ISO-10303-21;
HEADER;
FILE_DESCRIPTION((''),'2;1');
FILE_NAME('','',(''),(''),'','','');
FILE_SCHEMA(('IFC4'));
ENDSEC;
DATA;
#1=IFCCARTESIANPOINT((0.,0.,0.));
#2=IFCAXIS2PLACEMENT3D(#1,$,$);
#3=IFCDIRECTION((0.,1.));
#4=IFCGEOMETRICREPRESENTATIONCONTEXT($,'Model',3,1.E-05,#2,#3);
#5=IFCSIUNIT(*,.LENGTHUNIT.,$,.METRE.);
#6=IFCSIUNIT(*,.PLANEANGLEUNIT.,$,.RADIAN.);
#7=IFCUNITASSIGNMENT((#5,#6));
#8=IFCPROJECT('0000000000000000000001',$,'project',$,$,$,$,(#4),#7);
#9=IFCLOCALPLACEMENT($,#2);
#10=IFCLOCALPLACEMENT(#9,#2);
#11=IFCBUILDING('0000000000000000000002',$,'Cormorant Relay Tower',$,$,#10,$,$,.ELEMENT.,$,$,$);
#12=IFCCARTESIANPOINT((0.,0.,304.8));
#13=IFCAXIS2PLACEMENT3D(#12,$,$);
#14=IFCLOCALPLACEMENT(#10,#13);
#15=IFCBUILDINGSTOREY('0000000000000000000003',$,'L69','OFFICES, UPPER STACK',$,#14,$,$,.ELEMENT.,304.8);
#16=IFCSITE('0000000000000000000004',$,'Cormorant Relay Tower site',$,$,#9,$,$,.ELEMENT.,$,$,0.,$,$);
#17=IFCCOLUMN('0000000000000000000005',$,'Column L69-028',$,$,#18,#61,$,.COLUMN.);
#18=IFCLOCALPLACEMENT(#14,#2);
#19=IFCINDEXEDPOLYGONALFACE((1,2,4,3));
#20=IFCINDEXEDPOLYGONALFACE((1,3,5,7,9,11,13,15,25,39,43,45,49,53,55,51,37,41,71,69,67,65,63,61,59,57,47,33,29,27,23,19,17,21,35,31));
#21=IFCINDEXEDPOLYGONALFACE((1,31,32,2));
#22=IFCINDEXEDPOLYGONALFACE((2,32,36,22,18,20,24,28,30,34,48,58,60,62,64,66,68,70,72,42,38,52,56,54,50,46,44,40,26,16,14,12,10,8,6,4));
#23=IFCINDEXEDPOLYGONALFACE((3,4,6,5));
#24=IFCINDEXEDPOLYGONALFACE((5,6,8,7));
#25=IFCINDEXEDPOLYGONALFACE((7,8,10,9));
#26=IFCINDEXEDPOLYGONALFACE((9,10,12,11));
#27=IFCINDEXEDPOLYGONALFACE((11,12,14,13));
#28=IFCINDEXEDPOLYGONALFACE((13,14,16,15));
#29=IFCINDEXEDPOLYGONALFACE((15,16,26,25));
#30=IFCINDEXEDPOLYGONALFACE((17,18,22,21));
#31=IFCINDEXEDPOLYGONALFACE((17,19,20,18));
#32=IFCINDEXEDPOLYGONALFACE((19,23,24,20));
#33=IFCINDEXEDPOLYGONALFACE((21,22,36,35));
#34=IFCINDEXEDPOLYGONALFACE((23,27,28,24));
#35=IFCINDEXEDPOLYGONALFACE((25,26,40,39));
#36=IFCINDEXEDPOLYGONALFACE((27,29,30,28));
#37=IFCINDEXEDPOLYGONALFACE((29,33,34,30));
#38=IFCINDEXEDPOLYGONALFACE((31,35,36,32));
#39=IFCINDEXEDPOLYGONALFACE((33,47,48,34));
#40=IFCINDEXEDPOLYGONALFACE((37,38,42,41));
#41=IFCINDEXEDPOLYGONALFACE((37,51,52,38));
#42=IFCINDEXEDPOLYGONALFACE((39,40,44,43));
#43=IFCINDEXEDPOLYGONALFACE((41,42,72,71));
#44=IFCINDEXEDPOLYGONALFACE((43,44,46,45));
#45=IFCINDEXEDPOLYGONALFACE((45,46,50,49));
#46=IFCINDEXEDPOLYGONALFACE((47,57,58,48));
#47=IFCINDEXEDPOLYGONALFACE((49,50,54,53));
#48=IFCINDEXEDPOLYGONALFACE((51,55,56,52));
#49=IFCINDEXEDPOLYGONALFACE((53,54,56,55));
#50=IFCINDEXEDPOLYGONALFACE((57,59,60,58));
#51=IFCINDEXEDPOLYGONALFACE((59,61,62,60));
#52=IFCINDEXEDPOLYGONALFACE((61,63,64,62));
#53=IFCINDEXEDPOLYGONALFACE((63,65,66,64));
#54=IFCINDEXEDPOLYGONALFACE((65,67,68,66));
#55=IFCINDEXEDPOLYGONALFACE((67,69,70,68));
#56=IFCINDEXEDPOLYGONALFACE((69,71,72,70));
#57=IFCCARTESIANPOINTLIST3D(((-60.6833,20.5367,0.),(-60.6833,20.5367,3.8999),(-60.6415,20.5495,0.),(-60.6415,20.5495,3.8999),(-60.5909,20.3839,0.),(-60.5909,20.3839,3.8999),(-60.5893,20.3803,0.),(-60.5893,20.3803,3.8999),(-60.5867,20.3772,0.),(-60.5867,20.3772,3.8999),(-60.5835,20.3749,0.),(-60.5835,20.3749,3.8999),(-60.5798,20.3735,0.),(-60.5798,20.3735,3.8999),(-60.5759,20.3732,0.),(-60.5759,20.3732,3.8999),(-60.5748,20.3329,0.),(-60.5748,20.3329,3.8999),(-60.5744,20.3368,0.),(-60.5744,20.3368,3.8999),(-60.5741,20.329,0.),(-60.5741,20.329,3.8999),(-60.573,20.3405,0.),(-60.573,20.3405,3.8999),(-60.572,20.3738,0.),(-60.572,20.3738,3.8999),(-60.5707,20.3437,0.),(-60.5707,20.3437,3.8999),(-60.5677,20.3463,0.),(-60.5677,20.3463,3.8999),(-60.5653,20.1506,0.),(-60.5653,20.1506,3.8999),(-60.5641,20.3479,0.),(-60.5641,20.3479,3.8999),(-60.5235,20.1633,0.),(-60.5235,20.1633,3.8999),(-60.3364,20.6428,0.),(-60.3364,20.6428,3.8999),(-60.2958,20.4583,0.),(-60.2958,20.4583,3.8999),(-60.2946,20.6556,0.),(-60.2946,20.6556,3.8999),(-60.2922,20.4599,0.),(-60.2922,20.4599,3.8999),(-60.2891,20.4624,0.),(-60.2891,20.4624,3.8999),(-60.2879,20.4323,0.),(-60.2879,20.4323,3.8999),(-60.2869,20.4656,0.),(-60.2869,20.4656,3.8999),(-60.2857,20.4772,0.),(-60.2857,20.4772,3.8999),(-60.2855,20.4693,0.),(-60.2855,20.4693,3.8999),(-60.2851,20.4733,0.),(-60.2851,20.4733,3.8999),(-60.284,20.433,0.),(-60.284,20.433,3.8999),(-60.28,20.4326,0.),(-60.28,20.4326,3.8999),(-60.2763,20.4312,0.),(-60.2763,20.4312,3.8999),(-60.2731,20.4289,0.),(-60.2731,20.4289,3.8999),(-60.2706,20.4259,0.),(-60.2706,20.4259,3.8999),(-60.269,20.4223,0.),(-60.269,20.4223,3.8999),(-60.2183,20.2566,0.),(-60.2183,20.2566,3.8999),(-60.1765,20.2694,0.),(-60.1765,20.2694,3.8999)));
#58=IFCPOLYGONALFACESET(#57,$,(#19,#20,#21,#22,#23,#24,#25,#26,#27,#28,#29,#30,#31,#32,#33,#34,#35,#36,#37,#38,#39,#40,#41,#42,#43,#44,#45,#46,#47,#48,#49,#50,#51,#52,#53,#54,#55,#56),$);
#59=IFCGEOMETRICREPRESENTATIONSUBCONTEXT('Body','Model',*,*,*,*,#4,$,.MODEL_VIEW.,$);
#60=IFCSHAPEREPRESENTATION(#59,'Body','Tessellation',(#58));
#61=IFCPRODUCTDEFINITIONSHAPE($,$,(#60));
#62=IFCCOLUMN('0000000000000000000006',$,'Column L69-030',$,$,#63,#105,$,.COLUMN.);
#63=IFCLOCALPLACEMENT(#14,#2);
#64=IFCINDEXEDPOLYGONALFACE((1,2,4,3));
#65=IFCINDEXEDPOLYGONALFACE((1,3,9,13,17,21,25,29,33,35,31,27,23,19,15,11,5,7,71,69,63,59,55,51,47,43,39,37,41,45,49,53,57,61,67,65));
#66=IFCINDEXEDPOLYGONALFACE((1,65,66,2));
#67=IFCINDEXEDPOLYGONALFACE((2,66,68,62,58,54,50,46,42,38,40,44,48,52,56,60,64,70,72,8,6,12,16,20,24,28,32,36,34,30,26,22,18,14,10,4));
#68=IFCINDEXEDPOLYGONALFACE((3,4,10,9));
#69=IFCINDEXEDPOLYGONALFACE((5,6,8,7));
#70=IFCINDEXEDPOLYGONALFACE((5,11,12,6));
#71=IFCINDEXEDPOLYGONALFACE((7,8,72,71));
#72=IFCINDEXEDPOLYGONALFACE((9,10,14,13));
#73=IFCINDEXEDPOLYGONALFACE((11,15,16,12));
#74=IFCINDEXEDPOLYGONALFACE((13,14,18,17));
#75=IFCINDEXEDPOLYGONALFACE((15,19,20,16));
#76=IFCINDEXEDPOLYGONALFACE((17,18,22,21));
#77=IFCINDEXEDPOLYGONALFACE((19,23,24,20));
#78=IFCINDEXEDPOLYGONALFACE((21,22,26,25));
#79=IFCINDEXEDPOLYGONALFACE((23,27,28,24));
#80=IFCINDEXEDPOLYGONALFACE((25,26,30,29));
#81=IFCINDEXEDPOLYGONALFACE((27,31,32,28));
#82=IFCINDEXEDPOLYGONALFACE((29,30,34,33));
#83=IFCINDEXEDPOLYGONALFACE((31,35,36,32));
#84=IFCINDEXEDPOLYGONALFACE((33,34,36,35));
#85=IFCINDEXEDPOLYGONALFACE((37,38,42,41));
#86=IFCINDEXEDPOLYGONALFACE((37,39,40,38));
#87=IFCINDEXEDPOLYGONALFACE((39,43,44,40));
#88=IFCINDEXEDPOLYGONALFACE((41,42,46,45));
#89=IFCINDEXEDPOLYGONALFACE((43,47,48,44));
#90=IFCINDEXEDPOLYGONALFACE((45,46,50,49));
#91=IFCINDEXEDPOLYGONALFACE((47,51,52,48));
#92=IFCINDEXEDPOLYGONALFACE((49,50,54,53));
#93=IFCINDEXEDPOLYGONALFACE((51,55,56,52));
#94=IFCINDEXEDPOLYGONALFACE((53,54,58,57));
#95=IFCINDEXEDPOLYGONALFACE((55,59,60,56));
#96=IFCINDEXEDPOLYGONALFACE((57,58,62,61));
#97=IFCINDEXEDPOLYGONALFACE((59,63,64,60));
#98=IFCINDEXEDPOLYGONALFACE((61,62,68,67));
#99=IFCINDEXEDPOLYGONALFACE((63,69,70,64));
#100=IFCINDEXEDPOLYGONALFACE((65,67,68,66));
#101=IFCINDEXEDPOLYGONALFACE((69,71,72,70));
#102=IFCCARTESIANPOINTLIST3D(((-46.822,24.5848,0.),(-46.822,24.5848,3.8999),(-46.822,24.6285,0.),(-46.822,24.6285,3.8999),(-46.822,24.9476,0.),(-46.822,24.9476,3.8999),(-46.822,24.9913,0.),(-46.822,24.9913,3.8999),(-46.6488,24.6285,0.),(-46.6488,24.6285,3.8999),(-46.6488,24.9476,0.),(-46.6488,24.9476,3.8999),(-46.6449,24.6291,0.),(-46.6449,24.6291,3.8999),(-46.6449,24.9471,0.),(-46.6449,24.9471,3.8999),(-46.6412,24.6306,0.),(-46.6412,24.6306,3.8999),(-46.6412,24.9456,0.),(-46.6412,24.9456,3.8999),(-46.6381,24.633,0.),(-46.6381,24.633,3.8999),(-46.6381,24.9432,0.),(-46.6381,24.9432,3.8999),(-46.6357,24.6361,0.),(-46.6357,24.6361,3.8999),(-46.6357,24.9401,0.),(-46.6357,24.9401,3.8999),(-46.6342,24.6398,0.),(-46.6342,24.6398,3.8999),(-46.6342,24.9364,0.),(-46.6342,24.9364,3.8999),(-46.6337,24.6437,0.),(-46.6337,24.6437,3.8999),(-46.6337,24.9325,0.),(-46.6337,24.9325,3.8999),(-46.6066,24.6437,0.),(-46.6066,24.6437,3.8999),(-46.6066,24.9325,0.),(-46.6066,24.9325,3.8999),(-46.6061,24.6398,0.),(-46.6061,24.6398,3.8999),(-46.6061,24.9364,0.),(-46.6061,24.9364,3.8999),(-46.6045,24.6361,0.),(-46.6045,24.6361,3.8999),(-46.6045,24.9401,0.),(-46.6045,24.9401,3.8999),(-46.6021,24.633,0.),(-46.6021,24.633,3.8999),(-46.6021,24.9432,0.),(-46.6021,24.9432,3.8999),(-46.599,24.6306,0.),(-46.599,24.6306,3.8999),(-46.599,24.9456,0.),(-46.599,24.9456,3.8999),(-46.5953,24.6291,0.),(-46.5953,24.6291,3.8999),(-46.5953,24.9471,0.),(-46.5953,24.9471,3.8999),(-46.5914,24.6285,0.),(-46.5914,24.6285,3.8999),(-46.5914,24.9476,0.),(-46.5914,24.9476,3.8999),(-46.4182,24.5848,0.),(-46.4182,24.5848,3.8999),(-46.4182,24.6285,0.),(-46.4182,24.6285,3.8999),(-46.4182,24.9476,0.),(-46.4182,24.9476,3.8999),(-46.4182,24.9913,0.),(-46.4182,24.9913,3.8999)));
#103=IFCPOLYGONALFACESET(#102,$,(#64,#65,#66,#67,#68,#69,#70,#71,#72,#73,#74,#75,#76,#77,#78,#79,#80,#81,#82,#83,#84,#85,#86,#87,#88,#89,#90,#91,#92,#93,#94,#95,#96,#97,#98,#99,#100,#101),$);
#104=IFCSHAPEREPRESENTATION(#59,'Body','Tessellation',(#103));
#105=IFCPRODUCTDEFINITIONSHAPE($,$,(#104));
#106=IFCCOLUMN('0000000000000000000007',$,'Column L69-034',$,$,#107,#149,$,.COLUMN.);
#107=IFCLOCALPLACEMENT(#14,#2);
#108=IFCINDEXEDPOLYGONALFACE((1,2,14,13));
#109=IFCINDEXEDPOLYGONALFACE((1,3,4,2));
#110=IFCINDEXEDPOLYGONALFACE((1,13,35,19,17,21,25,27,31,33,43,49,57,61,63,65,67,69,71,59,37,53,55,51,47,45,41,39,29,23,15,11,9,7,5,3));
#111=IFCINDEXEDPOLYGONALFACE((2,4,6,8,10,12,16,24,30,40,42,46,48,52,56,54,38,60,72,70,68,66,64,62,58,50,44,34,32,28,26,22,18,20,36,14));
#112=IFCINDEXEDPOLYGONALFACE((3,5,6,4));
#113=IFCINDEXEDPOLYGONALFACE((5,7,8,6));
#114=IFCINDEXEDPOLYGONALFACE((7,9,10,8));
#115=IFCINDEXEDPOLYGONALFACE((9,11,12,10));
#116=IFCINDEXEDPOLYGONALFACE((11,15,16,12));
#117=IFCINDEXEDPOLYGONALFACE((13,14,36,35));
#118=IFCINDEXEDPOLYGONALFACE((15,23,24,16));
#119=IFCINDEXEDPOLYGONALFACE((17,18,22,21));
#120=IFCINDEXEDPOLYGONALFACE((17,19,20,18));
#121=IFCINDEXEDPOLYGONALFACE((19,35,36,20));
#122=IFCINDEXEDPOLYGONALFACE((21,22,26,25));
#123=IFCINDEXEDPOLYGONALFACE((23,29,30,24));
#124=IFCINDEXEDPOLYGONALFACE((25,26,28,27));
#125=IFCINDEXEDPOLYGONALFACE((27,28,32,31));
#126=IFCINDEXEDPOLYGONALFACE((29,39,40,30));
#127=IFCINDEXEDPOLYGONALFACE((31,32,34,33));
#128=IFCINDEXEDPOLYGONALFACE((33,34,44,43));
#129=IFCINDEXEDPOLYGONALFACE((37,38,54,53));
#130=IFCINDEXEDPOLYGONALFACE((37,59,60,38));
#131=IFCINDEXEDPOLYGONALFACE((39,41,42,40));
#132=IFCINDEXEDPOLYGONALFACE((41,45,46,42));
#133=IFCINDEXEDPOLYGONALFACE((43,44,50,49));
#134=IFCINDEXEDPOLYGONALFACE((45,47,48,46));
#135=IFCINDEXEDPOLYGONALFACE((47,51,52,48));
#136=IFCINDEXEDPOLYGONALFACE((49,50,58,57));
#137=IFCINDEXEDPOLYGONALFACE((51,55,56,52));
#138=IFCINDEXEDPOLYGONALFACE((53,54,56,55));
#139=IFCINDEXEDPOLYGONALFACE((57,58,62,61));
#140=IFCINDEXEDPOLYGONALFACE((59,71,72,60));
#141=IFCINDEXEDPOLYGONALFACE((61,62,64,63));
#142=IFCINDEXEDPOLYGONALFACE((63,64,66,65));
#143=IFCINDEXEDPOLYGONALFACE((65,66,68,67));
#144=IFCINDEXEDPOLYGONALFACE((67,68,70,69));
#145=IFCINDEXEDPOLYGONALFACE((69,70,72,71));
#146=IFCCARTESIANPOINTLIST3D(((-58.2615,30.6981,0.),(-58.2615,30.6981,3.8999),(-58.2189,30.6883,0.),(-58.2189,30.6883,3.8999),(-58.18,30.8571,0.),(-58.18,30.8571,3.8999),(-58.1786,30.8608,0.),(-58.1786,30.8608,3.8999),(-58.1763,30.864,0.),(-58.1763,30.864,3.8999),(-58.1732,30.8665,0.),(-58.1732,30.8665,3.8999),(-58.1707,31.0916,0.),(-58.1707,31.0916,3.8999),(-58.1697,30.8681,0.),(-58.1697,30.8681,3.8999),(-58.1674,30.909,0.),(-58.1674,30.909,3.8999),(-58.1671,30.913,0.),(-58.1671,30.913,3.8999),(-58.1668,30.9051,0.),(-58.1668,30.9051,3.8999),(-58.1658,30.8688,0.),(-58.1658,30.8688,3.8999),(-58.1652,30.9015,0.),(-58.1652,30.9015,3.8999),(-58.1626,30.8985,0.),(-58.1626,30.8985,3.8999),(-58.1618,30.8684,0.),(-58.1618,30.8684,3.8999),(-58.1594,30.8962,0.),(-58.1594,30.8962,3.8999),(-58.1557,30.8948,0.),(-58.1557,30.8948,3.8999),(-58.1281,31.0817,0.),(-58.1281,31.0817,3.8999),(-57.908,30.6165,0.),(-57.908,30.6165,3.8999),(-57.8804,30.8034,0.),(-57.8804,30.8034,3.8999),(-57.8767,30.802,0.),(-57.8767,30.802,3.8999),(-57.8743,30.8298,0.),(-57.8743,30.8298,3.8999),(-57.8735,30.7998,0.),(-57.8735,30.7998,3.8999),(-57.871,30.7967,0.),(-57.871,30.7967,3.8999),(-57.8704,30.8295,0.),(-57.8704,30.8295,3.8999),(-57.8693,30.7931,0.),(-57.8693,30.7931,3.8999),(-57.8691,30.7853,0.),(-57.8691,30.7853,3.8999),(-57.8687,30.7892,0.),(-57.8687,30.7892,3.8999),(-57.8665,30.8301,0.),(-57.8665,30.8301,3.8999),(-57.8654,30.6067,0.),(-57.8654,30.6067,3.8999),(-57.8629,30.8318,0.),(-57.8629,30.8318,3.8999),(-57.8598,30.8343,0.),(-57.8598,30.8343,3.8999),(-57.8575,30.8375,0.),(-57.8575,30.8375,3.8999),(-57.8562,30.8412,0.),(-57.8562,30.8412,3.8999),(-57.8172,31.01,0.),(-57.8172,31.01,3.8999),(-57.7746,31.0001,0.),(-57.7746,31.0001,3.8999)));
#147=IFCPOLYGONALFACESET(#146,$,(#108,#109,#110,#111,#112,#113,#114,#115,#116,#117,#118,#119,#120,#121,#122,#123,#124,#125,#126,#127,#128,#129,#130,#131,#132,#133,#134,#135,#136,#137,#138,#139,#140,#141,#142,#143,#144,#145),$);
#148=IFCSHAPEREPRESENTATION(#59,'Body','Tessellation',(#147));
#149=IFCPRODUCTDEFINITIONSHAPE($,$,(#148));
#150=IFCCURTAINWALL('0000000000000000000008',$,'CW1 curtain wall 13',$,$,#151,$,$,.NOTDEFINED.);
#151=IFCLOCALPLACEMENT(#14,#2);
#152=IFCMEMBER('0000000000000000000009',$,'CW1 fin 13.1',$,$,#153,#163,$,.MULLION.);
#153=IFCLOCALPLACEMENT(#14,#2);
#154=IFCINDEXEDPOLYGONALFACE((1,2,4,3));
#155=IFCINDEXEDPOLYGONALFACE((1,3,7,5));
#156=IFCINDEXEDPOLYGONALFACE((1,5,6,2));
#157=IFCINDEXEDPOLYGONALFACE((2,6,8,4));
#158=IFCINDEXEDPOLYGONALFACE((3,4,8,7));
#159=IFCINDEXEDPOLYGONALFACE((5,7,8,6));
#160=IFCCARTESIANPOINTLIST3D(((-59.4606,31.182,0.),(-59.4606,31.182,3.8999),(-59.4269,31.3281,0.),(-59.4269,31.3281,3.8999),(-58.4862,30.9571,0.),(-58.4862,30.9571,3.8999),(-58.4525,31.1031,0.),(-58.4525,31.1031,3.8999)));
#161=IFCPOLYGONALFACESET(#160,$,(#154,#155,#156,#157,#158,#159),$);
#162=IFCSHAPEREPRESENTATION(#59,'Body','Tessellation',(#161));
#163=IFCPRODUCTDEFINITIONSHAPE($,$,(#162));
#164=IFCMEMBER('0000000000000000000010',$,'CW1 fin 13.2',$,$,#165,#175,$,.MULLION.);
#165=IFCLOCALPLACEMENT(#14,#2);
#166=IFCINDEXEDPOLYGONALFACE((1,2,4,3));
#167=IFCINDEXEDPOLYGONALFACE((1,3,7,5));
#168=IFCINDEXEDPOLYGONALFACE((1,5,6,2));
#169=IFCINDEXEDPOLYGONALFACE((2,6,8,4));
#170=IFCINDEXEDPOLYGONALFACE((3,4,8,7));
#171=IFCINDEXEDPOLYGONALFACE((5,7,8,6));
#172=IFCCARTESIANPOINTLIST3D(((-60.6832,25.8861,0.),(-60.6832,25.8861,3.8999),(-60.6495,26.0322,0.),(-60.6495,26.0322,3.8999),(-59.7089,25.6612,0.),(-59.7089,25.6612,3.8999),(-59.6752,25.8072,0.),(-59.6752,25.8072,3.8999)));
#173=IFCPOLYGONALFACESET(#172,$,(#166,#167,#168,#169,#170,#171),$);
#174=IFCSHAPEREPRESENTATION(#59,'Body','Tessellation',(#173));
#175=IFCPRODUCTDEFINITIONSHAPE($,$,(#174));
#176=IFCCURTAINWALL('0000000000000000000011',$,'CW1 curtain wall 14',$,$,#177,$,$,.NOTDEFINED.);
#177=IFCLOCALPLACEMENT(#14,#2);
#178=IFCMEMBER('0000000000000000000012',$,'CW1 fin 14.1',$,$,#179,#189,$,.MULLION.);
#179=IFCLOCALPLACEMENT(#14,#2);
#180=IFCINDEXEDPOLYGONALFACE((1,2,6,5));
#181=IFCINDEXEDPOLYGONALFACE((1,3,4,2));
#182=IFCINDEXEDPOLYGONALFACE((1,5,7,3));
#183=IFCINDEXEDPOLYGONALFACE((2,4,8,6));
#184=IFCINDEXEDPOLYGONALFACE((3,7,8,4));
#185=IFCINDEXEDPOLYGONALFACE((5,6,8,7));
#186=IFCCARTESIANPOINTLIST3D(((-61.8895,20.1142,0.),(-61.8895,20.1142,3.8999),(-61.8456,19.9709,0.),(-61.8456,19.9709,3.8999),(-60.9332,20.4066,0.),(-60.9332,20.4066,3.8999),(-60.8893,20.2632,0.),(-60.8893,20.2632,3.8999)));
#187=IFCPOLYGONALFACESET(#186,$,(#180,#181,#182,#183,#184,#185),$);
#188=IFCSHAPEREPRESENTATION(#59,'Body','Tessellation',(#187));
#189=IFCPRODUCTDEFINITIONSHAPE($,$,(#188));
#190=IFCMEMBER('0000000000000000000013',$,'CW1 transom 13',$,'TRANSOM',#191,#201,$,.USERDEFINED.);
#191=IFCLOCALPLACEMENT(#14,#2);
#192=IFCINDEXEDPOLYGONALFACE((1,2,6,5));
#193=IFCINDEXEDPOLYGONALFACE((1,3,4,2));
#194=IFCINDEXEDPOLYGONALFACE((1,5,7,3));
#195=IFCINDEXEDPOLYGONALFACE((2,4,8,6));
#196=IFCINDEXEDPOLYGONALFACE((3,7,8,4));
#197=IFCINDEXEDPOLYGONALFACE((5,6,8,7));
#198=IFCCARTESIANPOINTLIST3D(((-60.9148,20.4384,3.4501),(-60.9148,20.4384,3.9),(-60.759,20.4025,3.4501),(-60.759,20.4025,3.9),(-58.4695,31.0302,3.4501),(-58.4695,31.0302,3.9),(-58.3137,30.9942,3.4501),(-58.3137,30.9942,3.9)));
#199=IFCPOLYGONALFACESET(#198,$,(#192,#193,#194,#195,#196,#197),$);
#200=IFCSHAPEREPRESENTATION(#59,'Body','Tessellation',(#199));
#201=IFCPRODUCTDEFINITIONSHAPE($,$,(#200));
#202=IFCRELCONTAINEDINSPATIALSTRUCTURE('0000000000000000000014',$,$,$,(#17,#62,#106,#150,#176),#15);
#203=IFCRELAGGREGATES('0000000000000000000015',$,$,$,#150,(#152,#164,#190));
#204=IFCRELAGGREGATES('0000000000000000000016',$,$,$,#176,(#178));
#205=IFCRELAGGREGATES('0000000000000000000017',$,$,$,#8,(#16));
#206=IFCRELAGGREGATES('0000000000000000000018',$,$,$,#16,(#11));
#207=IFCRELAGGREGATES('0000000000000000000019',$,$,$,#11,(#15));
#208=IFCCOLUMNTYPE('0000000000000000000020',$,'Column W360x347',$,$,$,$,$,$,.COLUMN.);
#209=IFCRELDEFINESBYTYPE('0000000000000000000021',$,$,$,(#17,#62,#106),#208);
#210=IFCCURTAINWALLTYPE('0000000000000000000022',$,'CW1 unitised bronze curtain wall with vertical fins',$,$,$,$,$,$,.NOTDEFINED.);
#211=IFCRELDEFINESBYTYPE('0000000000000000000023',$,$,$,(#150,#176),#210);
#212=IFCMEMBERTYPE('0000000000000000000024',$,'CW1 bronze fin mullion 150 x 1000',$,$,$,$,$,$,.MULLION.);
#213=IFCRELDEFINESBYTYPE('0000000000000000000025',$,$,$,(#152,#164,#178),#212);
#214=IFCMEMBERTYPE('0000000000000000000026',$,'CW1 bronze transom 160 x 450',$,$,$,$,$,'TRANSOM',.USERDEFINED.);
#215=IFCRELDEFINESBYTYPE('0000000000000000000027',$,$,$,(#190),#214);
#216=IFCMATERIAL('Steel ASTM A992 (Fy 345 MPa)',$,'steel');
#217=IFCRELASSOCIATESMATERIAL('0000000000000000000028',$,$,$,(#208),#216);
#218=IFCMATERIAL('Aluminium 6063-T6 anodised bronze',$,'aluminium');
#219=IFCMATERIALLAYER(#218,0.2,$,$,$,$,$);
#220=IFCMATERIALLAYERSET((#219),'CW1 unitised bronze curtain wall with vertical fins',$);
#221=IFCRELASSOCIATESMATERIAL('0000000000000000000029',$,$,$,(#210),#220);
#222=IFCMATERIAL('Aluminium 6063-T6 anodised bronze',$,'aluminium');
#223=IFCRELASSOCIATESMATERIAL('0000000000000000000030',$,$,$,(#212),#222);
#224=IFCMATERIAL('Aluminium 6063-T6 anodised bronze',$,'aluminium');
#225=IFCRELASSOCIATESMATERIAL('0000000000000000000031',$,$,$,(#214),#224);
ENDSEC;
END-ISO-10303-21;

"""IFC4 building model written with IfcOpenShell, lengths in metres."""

from ifc_helpers import new_model, si_unit, direction, frame, origin, origin_2d, place, context, subcontext, project, spatial, rectangle, i_section, extrude, material, layer, layer_set, material_profile, profile_set, type_object, element, aggregate, save


model = new_model("IFC4")

# Units and contexts
model_context = context("Model", 3, precision=1e-05, world=origin(), true_north=direction((0.0, 1.0)))
body_context = subcontext(model_context, "Body", "Model", "MODEL_VIEW")
ifc_project = project(units=[si_unit("LENGTHUNIT", "METRE"), si_unit("PLANEANGLEUNIT", "RADIAN")], contexts=[model_context])

# Site, building, storey
site_placement = place(None, origin())
site = spatial("IfcSite", under=ifc_project, at=site_placement, Name="Cormorant Relay Tower site", CompositionType="ELEMENT", RefElevation=0.0)
building_placement = place(site_placement, origin())
building = spatial("IfcBuilding", under=site, at=building_placement, Name="Cormorant Relay Tower", CompositionType="ELEMENT")
storey_placement = place(building_placement, frame((0.0, 0.0, 304.8)))
storey = spatial("IfcBuildingStorey", under=building, at=storey_placement, Name="L69", Description="OFFICES, UPPER STACK", CompositionType="ELEMENT", Elevation=304.8)

# Columns
ifc_material_1 = material(Name="Steel ASTM A992 (Fy 345 MPa)", Category="steel")
ifc_material_profile_1 = material_profile(ifc_material_1, i_section(OverallWidth=0.4038, OverallDepth=0.4065, WebThickness=0.0271, FlangeThickness=0.0437, FilletRadius=0.0151, at=origin_2d()), Name="W360x347")
ifc_profile_set_1 = profile_set([ifc_material_profile_1], Name="Steel ASTM A992 (Fy 345 MPa)")
column_type = type_object("IfcColumnType", Name="Column W360x347", PredefinedType="COLUMN", material=ifc_profile_set_1)
for number, where, z_axis, x_axis, name in (
    (1, (-60.4299, 20.4031, 0.0), (0.0, 0.0, 1.0), (0.292372, -0.956305, 0.0), "Column L69-028"),
    (2, (-46.6201, 24.7881, 0.0), (0.0, 0.0, 1.0), (1.0, 0.0, 0.0), "Column L69-030"),
    (3, (-58.0181, 30.8491, 0.0), (0.0, 0.0, 1.0), (-0.224951, -0.97437, 0.0), "Column L69-034"),
):
    element("IfcColumn", number, at=place(storey_placement, frame(where, z_axis=z_axis, x_axis=x_axis)), inside=storey, type_object=column_type, Name=name, PredefinedType="COLUMN", context=body_context, shape_type="SweptSolid", body=[
        extrude(i_section(OverallWidth=0.4038, OverallDepth=0.4065, WebThickness=0.0271, FlangeThickness=0.0437, FilletRadius=0.0151, at=origin_2d()), origin(), (0.0, 0.0, 1.0), 3.8999),
    ])

# Curtain wall, members
ifc_material_2 = material(Name="Aluminium 6063-T6 anodised bronze", Category="aluminium")
ifc_layer_1 = layer(ifc_material_2, 0.2)
ifc_layer_set_1 = layer_set([ifc_layer_1], Name="CW1 unitised bronze curtain wall with vertical fins")
curtain_wall_type = type_object("IfcCurtainWallType", Name="CW1 unitised bronze curtain wall with vertical fins", PredefinedType="NOTDEFINED", material=ifc_layer_set_1)
curtain_wall_1_placement = place(storey_placement, origin())
curtain_wall_1 = element("IfcCurtainWall", 4, at=curtain_wall_1_placement, inside=storey, type_object=curtain_wall_type, Name="CW1 curtain wall 13", PredefinedType="NOTDEFINED")
ifc_material_3 = material(Name="Aluminium 6063-T6 anodised bronze", Category="aluminium")
ifc_material_profile_2 = material_profile(ifc_material_3, rectangle(XDim=0.1499, YDim=1.0, at=origin_2d()), Name="AL 150x1000")
ifc_profile_set_2 = profile_set([ifc_material_profile_2], Name="Aluminium 6063-T6 anodised bronze")
member_type_1 = type_object("IfcMemberType", Name="CW1 bronze fin mullion 150 x 1000", PredefinedType="MULLION", material=ifc_profile_set_2)
member_1_placement = place(storey_placement, frame((-58.9565, 31.1426, 0.0), z_axis=(0.0, 0.0, 1.0), x_axis=(-0.224951, -0.97437, 0.0)))
member_1 = element("IfcMember", 5, at=member_1_placement, type_object=member_type_1, Name="CW1 fin 13.1", PredefinedType="MULLION", context=body_context, shape_type="SweptSolid", body=[
    extrude(rectangle(XDim=0.1499, YDim=1.0, at=origin_2d()), origin(), (0.0, 0.0, 1.0), 3.8999),
])
member_2_placement = place(storey_placement, frame((-60.1792, 25.8467, 0.0), z_axis=(0.0, 0.0, 1.0), x_axis=(-0.224951, -0.97437, 0.0)))
member_2 = element("IfcMember", 6, at=member_2_placement, type_object=member_type_1, Name="CW1 fin 13.2", PredefinedType="MULLION", context=body_context, shape_type="SweptSolid", body=[
    extrude(rectangle(XDim=0.1499, YDim=1.0, at=origin_2d()), origin(), (0.0, 0.0, 1.0), 3.8999),
])

# Curtain wall, member
curtain_wall_2_placement = place(storey_placement, origin())
curtain_wall_2 = element("IfcCurtainWall", 7, at=curtain_wall_2_placement, inside=storey, type_object=curtain_wall_type, Name="CW1 curtain wall 14", PredefinedType="NOTDEFINED")
member_3_placement = place(storey_placement, frame((-61.3894, 20.1887, 0.0), z_axis=(0.0, 0.0, 1.0), x_axis=(0.292372, -0.956305, 0.0)))
member_3 = element("IfcMember", 8, at=member_3_placement, type_object=member_type_1, Name="CW1 fin 14.1", PredefinedType="MULLION", context=body_context, shape_type="SweptSolid", body=[
    extrude(rectangle(XDim=0.1499, YDim=1.0, at=origin_2d()), origin(), (0.0, 0.0, 1.0), 3.8999),
])

# Member
ifc_material_4 = material(Name="Aluminium 6063-T6 anodised bronze", Category="aluminium")
ifc_material_profile_3 = material_profile(ifc_material_4, rectangle(XDim=0.1599, YDim=0.45, at=origin_2d()), Name="AL 160x450")
ifc_profile_set_3 = profile_set([ifc_material_profile_3], Name="Aluminium 6063-T6 anodised bronze")
member_type_2 = type_object("IfcMemberType", Name="CW1 bronze transom 160 x 450", ElementType="TRANSOM", PredefinedType="USERDEFINED", material=ifc_profile_set_3)
member_4_placement = place(storey_placement, frame((-58.3916, 31.0122, 3.675), z_axis=(-0.224951, -0.97437, 0.0), x_axis=(0.97437, -0.224951, 0.0)))
member_4 = element("IfcMember", 9, at=member_4_placement, type_object=member_type_2, Name="CW1 transom 13", ObjectType="TRANSOM", PredefinedType="USERDEFINED", context=body_context, shape_type="SweptSolid", body=[
    extrude(rectangle(XDim=0.1599, YDim=0.45, at=origin_2d()), origin(), (0.0, 0.0, 1.0), 10.8704),
])

aggregate(curtain_wall_1, [member_1, member_2, member_4])
aggregate(curtain_wall_2, [member_3])

save(model, "model.ifc")
